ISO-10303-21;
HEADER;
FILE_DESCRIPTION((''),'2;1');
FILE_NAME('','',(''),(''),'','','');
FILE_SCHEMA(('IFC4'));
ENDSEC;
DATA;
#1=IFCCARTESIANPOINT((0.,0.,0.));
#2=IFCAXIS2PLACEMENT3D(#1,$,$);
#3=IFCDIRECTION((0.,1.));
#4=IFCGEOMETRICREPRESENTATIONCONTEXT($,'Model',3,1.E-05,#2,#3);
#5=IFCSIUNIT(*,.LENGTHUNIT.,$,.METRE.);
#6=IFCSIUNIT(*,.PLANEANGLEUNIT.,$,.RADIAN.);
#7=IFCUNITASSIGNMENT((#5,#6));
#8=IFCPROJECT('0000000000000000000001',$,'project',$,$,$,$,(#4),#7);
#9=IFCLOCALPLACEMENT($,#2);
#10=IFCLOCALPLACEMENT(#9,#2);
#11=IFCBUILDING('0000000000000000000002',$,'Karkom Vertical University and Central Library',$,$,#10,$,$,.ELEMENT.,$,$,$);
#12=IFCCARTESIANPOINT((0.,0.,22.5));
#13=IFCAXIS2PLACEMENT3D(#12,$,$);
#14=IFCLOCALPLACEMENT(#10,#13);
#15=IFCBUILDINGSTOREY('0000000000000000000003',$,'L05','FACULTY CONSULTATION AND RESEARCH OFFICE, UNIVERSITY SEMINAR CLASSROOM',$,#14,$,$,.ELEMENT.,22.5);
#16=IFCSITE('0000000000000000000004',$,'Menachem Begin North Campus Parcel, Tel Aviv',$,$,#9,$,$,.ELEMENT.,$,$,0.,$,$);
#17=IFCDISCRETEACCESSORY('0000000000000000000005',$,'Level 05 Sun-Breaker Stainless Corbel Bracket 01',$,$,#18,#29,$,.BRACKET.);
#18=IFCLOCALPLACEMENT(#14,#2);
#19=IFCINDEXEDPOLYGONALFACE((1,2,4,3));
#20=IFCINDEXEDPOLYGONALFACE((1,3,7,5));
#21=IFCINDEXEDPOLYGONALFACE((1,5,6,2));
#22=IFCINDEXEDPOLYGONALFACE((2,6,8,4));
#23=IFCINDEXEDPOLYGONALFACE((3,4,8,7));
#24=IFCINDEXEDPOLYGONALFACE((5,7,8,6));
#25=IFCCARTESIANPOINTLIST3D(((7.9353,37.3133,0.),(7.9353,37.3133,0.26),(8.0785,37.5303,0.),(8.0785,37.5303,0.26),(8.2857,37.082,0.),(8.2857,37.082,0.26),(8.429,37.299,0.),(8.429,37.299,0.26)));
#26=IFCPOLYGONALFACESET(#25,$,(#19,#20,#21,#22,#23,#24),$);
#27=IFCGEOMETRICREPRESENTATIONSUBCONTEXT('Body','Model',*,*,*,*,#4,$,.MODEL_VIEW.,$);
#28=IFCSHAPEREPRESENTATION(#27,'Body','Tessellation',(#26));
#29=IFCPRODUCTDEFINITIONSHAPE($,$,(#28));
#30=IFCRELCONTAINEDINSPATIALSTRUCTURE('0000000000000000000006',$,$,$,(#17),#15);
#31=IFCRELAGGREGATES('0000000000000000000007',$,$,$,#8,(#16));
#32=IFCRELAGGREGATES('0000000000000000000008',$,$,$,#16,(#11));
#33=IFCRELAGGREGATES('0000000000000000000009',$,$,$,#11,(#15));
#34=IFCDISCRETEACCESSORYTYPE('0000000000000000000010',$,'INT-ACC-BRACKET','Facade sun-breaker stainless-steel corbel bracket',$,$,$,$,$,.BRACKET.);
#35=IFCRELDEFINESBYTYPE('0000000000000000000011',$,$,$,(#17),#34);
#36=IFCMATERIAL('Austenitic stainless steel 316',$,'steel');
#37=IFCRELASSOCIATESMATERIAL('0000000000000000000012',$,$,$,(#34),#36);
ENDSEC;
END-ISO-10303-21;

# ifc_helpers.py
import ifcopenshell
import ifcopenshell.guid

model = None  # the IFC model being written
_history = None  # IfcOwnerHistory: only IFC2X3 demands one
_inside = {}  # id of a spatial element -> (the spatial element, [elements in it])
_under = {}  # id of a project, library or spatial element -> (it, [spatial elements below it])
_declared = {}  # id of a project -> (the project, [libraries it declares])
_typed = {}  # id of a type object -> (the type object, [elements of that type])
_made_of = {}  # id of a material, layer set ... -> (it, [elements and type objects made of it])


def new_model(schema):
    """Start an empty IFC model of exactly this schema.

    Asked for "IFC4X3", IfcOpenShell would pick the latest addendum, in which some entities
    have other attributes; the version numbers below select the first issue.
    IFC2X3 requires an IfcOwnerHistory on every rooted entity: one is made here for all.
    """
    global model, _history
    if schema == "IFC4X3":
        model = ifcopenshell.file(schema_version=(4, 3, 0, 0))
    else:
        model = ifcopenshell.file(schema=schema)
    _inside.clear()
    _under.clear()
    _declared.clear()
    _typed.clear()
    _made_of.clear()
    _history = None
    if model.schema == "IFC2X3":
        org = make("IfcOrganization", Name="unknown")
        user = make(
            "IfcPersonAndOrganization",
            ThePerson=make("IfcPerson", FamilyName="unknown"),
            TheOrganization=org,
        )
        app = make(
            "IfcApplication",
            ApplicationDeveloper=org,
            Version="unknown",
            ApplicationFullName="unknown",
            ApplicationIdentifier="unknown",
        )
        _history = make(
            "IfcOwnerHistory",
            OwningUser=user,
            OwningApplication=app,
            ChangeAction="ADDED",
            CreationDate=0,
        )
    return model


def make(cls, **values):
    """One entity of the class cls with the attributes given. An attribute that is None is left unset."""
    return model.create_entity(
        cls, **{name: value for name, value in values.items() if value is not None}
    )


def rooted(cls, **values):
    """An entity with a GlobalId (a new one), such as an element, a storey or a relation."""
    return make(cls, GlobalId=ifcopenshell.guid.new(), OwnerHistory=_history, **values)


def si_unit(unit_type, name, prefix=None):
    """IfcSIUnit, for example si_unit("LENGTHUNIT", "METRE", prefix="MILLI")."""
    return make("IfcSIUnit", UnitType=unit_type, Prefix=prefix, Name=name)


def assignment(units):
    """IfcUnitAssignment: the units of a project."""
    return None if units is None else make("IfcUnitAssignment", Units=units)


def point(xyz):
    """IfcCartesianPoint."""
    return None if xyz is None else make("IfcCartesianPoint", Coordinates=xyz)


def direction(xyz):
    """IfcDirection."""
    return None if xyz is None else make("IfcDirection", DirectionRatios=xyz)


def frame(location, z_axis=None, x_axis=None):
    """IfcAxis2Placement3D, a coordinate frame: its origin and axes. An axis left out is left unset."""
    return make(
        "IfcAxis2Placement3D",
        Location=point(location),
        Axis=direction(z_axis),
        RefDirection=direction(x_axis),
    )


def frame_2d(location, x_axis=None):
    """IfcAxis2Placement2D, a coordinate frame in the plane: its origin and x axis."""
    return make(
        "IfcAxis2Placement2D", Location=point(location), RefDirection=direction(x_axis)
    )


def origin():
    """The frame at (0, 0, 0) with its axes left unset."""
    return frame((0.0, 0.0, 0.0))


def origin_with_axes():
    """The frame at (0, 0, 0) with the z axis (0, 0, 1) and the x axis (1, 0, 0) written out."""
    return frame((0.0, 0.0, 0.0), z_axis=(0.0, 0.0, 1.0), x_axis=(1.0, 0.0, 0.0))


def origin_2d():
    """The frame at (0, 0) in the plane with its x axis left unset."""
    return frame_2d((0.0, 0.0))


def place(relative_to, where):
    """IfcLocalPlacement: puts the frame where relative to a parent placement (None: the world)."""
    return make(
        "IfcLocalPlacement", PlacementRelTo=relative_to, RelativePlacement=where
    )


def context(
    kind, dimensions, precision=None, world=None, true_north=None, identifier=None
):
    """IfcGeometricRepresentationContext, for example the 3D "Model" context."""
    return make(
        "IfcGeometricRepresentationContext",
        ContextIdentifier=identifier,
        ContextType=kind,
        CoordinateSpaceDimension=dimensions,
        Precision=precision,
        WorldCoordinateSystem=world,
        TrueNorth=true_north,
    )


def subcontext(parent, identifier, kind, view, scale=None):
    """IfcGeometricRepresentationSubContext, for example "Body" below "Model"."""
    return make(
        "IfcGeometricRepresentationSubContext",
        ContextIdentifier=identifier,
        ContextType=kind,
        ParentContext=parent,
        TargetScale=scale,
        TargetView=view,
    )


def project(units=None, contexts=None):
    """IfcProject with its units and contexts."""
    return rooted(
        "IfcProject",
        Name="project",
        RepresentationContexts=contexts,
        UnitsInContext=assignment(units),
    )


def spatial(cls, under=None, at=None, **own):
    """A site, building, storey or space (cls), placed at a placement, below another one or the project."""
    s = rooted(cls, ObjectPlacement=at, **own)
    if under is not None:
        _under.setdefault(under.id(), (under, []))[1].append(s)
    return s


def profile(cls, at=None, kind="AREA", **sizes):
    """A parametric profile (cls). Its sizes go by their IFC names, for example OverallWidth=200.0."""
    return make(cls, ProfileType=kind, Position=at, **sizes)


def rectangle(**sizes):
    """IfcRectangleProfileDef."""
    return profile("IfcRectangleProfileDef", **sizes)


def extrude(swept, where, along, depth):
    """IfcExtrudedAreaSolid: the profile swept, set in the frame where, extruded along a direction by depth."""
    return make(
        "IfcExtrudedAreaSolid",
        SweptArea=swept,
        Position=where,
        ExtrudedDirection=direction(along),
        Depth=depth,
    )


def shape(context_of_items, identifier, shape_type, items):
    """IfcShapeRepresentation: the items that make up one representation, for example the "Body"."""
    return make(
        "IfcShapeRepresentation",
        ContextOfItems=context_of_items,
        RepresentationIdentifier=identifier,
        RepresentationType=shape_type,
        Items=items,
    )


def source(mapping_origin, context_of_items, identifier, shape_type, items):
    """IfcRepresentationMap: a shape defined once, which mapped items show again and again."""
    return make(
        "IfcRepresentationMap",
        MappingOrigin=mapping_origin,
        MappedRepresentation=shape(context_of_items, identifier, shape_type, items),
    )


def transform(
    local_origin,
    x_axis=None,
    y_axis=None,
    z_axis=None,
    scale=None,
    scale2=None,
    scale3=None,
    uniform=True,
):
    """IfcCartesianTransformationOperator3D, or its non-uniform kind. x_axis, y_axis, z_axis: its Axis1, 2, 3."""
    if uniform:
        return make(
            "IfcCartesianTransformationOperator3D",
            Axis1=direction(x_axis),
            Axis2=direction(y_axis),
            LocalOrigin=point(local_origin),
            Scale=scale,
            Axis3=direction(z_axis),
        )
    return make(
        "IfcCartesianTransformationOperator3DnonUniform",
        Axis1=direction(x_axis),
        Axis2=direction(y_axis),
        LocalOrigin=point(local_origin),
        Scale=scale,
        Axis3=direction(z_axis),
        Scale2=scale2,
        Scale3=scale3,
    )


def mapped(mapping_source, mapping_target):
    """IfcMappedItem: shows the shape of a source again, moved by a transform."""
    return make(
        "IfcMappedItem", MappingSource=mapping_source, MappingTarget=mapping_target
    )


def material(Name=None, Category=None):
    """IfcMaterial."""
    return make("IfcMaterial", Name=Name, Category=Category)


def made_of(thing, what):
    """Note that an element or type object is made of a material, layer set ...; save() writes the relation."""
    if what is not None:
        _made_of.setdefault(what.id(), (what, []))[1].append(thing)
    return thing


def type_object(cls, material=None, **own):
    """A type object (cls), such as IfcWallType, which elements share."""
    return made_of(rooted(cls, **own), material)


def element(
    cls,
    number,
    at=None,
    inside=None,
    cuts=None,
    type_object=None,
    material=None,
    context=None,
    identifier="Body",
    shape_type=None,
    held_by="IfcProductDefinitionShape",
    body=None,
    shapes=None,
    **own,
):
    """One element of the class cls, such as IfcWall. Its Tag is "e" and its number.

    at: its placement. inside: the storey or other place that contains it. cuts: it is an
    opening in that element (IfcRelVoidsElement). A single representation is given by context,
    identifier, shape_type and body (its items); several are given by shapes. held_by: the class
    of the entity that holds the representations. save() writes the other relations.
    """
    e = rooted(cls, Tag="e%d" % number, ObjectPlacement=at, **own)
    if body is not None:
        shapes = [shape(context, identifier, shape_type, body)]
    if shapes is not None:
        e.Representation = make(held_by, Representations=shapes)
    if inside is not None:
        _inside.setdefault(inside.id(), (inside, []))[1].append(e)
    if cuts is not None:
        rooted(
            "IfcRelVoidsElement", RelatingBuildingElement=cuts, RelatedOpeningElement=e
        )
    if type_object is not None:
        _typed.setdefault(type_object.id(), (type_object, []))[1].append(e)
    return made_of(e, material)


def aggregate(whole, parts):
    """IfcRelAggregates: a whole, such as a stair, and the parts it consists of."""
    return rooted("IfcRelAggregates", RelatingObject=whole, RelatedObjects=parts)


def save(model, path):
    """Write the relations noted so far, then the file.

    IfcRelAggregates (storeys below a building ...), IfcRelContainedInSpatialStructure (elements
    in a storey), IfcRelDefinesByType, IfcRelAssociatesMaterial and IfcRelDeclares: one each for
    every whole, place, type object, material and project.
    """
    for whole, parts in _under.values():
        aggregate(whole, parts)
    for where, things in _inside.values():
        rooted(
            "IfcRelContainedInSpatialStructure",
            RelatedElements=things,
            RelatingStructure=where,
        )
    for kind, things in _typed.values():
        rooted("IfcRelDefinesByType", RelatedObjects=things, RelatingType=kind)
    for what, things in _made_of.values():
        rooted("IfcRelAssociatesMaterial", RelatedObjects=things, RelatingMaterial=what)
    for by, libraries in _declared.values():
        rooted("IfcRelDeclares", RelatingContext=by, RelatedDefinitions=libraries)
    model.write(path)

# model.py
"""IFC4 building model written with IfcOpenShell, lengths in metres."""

from ifc_helpers import new_model, si_unit, direction, frame, origin, origin_with_axes, origin_2d, place, context, subcontext, project, spatial, rectangle, extrude, source, transform, mapped, material, type_object, element, save


model = new_model("IFC4")

# Units and contexts
model_context = context("Model", 3, precision=1e-05, world=origin(), true_north=direction((0.0, 1.0)))
body_context = subcontext(model_context, "Body", "Model", "MODEL_VIEW")
ifc_project = project(units=[si_unit("LENGTHUNIT", "METRE"), si_unit("PLANEANGLEUNIT", "RADIAN")], contexts=[model_context])

# Site, building, storey
site_placement = place(None, origin())
site = spatial("IfcSite", under=ifc_project, at=site_placement, Name="Menachem Begin North Campus Parcel, Tel Aviv", CompositionType="ELEMENT", RefElevation=0.0)
building_placement = place(site_placement, origin())
building = spatial("IfcBuilding", under=site, at=building_placement, Name="Karkom Vertical University and Central Library", CompositionType="ELEMENT")
storey_placement = place(building_placement, frame((0.0, 0.0, 22.5)))
storey = spatial("IfcBuildingStorey", under=building, at=storey_placement, Name="L05", Description="FACULTY CONSULTATION AND RESEARCH OFFICE, UNIVERSITY SEMINAR CLASSROOM", CompositionType="ELEMENT", Elevation=22.5)

# Discrete accessory
ifc_material_1 = material(Name="Austenitic stainless steel 316", Category="steel")
discrete_accessory_type_1 = type_object("IfcDiscreteAccessoryType", Name="INT-ACC-BRACKET", Description="Facade sun-breaker stainless-steel corbel bracket", PredefinedType="BRACKET", material=ifc_material_1)
shared_shape_1 = source(origin_with_axes(), body_context, "Body", "SweptSolid", [
    extrude(rectangle(XDim=0.26, YDim=0.4199, at=origin_2d()), origin(), (0.0, 0.0, 1.0), 0.26),
])
discrete_accessory_placement = place(storey_placement, frame((8.1821, 37.3062, 0.0), z_axis=(0.0, 0.0, 1.0), x_axis=(-0.550918, -0.83456, 0.0)))
element("IfcDiscreteAccessory", 1, at=discrete_accessory_placement, inside=storey, type_object=discrete_accessory_type_1, Name="Level 05 Sun-Breaker Stainless Corbel Bracket 01", PredefinedType="BRACKET", context=body_context, shape_type="MappedRepresentation", body=[
    mapped(shared_shape_1, transform((0.0, 0.0, 0.0), scale=1.0)),
])

save(model, "model.ifc")
